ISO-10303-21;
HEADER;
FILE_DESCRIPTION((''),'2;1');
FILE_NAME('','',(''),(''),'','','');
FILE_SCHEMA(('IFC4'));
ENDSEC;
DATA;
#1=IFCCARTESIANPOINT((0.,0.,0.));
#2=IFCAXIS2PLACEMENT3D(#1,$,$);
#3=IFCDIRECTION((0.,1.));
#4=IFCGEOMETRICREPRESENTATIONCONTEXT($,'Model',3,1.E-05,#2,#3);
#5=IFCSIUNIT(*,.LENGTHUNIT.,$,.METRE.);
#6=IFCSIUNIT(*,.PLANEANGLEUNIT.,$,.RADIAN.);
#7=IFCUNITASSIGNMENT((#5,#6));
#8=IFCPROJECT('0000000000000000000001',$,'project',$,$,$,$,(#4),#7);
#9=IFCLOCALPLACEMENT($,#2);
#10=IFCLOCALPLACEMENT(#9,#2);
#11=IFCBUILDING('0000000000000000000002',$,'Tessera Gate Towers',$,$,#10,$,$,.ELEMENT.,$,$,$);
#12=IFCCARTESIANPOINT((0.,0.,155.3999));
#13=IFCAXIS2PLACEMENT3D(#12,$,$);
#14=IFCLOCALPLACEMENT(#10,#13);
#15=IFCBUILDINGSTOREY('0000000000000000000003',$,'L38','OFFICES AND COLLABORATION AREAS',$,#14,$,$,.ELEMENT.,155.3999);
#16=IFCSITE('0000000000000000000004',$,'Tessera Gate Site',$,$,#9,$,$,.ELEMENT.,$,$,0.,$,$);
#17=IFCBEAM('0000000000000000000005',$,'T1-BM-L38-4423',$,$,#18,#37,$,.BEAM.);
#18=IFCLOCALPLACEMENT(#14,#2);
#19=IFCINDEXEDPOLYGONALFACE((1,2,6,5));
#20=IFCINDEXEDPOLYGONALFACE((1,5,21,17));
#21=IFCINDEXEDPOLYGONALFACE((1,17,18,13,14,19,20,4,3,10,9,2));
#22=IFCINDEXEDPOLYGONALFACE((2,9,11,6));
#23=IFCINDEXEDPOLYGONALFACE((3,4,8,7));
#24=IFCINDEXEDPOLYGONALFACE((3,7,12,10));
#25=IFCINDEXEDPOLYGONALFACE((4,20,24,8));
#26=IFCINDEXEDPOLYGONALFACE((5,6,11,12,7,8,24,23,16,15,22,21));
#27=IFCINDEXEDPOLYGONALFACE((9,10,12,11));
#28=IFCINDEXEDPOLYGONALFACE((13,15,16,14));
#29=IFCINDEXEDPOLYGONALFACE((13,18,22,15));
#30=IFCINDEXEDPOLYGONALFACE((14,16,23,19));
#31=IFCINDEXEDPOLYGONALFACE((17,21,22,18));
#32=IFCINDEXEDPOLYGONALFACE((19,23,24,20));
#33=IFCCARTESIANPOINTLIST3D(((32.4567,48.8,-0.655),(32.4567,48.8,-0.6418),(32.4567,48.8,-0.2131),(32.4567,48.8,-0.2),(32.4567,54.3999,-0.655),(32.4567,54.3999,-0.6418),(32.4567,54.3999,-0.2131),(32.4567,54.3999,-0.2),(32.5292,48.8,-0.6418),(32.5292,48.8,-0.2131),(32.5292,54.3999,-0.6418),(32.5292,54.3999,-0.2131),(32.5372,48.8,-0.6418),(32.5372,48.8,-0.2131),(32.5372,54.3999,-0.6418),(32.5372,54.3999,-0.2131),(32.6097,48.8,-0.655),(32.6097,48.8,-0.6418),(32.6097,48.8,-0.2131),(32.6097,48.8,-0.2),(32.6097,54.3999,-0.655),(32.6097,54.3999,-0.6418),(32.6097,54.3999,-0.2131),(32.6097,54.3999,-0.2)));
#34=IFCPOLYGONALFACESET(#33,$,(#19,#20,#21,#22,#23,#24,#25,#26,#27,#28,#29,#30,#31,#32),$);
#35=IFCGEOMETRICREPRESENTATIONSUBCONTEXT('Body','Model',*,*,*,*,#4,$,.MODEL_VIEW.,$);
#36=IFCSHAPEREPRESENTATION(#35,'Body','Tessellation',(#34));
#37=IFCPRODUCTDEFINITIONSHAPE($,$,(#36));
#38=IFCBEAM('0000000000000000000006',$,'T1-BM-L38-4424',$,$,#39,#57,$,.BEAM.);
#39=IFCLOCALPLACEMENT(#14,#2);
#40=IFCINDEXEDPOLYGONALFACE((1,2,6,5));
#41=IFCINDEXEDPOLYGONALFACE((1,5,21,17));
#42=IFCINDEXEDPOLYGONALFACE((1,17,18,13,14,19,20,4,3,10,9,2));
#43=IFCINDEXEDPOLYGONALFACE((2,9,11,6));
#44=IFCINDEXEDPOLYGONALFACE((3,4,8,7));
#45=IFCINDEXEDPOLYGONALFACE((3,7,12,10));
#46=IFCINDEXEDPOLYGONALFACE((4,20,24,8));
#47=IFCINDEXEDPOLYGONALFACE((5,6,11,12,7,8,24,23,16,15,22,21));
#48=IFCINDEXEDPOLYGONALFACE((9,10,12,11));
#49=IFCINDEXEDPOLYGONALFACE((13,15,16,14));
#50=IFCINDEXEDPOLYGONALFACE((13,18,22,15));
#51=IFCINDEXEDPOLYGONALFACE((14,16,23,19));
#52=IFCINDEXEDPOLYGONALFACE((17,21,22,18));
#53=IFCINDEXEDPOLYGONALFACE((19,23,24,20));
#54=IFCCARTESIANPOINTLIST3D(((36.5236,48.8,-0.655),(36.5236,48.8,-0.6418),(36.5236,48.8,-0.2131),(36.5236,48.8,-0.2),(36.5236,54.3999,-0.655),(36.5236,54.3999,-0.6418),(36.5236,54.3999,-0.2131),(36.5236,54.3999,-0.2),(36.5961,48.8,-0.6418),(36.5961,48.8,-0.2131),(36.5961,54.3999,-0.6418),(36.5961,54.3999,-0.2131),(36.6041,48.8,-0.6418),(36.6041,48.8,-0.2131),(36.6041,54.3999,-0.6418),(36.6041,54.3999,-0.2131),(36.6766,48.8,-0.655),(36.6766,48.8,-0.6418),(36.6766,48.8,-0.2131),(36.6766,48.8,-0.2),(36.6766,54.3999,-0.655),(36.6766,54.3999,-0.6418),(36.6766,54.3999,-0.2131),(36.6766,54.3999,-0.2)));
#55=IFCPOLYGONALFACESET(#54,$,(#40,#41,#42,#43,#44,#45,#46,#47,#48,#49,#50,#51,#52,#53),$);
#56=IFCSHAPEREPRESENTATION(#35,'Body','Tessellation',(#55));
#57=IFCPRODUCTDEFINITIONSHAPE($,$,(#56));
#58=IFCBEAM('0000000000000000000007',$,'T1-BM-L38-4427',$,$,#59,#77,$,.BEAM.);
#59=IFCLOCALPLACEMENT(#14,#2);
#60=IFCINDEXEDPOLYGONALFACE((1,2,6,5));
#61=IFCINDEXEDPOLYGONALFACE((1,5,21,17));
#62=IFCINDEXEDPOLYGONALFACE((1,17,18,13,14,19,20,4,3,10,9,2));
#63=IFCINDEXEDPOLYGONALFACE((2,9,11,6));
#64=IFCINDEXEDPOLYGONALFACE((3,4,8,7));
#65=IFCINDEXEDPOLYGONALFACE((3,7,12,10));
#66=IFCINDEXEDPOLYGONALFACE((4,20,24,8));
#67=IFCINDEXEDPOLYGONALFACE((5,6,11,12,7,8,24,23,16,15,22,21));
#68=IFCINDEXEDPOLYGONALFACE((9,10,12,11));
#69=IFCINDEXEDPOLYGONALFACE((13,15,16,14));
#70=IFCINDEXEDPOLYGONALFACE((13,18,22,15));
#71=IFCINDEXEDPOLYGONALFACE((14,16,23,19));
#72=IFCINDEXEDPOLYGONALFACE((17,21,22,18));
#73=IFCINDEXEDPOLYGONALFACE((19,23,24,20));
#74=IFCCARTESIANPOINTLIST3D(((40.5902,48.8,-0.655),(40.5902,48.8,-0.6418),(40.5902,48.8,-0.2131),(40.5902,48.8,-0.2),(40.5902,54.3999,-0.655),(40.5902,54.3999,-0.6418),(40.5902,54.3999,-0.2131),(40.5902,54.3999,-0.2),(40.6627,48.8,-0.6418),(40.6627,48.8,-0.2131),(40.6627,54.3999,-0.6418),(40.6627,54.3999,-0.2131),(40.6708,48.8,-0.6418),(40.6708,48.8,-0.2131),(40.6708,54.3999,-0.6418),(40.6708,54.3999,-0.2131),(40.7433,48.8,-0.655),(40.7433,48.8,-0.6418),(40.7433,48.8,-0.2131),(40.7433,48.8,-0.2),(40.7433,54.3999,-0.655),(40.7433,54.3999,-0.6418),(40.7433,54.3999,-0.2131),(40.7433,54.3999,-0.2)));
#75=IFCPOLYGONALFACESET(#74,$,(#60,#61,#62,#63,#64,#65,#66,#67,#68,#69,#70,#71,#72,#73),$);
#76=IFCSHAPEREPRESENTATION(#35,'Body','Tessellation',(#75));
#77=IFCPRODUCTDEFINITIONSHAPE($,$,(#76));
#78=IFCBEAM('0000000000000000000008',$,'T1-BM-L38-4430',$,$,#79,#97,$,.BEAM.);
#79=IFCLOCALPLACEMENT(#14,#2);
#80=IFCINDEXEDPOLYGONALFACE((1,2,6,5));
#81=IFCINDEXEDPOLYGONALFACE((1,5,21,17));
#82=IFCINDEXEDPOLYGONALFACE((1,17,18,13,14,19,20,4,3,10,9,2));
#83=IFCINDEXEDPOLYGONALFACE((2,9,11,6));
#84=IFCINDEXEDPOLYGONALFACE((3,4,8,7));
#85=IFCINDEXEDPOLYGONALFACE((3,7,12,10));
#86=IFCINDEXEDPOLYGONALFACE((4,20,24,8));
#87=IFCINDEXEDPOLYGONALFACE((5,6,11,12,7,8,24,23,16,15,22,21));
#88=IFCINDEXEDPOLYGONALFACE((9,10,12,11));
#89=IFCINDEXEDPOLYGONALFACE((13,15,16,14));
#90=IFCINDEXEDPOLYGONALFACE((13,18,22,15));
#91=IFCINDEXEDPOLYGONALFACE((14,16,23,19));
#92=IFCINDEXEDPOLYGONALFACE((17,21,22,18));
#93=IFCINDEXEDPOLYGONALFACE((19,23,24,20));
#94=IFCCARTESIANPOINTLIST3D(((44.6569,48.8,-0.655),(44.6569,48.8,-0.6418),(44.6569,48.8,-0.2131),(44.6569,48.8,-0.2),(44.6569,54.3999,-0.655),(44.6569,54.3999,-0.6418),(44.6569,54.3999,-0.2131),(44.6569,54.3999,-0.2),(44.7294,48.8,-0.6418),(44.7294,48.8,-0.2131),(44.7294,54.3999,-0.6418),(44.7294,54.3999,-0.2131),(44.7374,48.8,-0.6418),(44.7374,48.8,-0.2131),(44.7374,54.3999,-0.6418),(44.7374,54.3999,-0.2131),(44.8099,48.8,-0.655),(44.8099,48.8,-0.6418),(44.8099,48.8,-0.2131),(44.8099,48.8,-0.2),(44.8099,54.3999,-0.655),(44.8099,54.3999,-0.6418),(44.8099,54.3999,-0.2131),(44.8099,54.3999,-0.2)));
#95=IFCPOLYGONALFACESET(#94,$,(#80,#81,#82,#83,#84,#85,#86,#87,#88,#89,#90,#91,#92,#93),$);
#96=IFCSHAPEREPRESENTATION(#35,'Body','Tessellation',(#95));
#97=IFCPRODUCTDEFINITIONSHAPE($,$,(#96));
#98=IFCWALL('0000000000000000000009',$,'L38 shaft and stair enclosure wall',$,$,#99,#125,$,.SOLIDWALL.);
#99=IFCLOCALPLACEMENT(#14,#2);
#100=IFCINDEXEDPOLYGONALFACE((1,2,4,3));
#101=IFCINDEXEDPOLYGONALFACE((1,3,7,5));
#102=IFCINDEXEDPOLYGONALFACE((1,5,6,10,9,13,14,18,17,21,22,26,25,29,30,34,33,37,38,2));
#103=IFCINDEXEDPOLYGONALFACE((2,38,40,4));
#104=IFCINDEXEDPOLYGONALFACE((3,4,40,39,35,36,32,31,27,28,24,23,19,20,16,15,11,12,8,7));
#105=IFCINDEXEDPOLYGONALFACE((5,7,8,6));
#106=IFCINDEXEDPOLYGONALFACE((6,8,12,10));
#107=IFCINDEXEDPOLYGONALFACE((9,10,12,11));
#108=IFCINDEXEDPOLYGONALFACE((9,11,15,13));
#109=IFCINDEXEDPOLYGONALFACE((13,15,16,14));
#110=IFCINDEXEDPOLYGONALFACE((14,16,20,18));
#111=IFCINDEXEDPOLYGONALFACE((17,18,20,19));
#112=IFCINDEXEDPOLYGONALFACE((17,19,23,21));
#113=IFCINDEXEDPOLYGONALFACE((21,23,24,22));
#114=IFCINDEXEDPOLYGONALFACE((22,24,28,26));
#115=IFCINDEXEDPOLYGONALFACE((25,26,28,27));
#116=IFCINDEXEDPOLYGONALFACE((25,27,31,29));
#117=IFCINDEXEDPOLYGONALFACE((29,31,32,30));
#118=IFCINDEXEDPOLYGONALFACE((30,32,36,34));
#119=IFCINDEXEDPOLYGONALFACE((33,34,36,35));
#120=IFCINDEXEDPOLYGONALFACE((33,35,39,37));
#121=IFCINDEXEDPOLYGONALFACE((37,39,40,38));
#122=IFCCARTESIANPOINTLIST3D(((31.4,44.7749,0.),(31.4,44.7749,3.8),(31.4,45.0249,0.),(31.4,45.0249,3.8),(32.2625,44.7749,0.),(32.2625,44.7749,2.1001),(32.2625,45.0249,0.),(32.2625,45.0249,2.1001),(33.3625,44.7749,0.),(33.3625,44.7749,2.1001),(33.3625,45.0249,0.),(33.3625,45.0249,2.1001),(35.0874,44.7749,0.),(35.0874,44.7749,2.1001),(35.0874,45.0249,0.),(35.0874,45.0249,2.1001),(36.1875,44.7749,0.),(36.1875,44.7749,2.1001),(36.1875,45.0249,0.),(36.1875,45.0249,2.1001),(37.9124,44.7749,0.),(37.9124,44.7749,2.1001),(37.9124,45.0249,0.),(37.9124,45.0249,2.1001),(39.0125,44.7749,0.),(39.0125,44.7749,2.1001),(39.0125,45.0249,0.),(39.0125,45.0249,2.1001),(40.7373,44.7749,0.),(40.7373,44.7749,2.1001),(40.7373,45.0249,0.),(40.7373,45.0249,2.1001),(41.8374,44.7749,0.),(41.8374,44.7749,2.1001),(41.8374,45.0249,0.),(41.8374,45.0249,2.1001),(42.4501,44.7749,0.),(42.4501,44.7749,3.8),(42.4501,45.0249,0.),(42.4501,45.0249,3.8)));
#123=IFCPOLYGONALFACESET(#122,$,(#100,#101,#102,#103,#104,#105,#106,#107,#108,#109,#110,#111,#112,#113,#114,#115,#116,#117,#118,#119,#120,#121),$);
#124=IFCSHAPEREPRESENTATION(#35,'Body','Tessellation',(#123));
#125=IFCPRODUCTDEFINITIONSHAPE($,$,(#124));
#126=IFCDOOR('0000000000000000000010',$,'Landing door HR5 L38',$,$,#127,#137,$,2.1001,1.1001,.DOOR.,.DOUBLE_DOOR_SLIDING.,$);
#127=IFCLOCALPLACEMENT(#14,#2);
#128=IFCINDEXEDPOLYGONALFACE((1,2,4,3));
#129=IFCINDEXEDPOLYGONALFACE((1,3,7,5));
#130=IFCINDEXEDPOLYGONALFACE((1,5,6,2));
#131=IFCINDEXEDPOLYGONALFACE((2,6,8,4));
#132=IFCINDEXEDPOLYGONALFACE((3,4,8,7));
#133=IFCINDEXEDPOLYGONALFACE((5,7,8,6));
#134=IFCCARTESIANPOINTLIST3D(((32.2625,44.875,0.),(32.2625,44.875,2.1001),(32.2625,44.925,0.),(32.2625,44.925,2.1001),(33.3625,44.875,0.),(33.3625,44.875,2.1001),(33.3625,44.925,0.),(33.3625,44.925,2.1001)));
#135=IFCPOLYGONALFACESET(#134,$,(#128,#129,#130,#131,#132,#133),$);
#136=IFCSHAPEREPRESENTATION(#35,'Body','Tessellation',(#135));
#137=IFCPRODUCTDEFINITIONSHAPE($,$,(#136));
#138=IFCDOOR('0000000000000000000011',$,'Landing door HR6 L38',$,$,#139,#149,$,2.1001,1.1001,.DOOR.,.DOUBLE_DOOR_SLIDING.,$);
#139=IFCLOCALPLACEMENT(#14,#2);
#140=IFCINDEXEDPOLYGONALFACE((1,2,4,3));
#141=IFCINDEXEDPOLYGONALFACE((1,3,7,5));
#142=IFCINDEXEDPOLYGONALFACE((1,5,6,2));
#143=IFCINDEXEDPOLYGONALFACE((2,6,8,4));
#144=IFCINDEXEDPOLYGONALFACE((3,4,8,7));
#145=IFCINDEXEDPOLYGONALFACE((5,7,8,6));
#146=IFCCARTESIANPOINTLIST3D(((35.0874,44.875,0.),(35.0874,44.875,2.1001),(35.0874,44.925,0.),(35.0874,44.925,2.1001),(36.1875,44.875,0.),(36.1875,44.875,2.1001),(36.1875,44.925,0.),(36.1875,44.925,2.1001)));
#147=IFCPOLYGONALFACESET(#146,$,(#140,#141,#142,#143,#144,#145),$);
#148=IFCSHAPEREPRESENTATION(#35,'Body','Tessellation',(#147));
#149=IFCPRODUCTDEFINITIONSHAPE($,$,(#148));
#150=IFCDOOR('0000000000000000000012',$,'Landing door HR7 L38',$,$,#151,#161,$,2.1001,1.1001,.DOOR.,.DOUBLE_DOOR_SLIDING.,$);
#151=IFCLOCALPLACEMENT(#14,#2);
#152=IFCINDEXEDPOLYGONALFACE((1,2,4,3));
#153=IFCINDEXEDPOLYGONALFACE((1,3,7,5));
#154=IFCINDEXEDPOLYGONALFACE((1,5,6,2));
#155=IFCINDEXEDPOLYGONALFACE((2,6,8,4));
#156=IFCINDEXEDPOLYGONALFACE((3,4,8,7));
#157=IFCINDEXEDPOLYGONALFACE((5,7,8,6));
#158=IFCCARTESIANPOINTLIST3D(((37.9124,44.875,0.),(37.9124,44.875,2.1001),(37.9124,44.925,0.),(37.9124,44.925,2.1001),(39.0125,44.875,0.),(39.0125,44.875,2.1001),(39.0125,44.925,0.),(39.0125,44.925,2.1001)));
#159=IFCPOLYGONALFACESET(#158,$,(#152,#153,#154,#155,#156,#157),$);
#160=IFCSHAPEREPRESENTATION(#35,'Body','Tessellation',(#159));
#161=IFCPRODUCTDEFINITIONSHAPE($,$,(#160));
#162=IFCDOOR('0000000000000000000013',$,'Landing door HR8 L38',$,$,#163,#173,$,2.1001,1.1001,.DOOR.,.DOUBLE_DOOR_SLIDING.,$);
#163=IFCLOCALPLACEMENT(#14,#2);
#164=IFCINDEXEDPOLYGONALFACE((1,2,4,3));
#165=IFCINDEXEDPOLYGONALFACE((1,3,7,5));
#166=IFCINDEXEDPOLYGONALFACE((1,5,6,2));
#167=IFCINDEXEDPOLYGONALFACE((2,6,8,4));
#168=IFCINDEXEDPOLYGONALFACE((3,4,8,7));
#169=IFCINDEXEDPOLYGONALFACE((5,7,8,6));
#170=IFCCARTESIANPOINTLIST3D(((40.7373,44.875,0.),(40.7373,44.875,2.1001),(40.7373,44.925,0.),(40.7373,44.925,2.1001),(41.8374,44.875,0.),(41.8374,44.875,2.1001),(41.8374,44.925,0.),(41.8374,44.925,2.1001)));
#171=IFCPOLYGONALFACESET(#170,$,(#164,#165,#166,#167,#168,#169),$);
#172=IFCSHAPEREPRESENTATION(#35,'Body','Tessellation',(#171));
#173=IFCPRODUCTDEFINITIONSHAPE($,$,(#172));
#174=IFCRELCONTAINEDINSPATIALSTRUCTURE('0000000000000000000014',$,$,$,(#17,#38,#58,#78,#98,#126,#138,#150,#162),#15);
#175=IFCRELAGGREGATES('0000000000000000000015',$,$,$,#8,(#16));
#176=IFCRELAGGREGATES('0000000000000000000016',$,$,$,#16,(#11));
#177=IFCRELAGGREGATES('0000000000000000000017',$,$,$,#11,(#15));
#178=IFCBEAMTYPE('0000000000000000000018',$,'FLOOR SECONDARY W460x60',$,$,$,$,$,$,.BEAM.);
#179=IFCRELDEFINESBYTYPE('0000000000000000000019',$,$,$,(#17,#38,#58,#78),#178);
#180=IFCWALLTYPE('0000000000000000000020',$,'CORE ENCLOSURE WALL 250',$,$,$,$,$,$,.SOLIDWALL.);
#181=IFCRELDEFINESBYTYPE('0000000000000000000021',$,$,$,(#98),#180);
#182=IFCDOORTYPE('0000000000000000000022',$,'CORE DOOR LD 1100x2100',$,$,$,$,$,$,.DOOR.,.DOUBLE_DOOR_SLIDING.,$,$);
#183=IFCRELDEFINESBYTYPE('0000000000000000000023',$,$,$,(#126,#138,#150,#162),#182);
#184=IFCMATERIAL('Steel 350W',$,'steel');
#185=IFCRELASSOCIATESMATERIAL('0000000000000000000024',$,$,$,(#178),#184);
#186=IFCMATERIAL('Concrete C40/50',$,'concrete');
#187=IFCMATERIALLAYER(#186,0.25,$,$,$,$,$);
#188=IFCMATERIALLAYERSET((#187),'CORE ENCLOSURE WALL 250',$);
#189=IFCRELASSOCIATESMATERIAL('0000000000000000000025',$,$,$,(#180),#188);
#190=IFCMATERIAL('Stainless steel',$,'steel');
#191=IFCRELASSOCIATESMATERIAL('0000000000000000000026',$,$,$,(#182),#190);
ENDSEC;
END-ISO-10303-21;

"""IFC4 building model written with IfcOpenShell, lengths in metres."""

from ifc_helpers import new_model, si_unit, direction, frame, frame_2d, origin, origin_2d, place, context, subcontext, project, spatial, rectangle, i_section, extrude, source, transform, mapped, material, layer, layer_set, material_profile, profile_set, type_object, element, fill, save


model = new_model("IFC4")

# Units and contexts
model_context = context("Model", 3, precision=1e-05, world=origin(), true_north=direction((0.0, 1.0)))
body_context = subcontext(model_context, "Body", "Model", "MODEL_VIEW")
ifc_project = project(units=[si_unit("LENGTHUNIT", "METRE"), si_unit("PLANEANGLEUNIT", "RADIAN")], contexts=[model_context])

# Site, building, storey
site_placement = place(None, origin())
site = spatial("IfcSite", under=ifc_project, at=site_placement, Name="Tessera Gate Site", CompositionType="ELEMENT", RefElevation=0.0)
building_placement = place(site_placement, origin())
building = spatial("IfcBuilding", under=site, at=building_placement, Name="Tessera Gate Towers", CompositionType="ELEMENT")
storey_placement = place(building_placement, frame((0.0, 0.0, 155.3999)))
storey = spatial("IfcBuildingStorey", under=building, at=storey_placement, Name="L38", Description="OFFICES AND COLLABORATION AREAS", CompositionType="ELEMENT", Elevation=155.3999)

# Beams
ifc_material_1 = material(Name="Steel 350W", Category="steel")
ifc_material_profile = material_profile(ifc_material_1, i_section(OverallWidth=0.1531, OverallDepth=0.4551, WebThickness=0.0081, FlangeThickness=0.0132, at=origin_2d()), Name="W460x60")
ifc_profile_set = profile_set([ifc_material_profile], Name="Steel 350W")
beam_type = type_object("IfcBeamType", Name="FLOOR SECONDARY W460x60", PredefinedType="BEAM", material=ifc_profile_set)
for number, where, z_axis, x_axis, name in (
    (1, (32.5332, 48.8, -0.4275), (0.0, 1.0, 0.0), (-1.0, 0.0, 0.0), "T1-BM-L38-4423"),
    (2, (36.6001, 48.8, -0.4275), (0.0, 1.0, 0.0), (-1.0, 0.0, 0.0), "T1-BM-L38-4424"),
    (3, (40.6667, 48.8, -0.4275), (0.0, 1.0, 0.0), (-1.0, 0.0, 0.0), "T1-BM-L38-4427"),
    (4, (44.7334, 48.8, -0.4275), (0.0, 1.0, 0.0), (-1.0, 0.0, 0.0), "T1-BM-L38-4430"),
):
    element("IfcBeam", number, at=place(storey_placement, frame(where, z_axis=z_axis, x_axis=x_axis)), inside=storey, type_object=beam_type, Name=name, PredefinedType="BEAM", context=body_context, shape_type="SweptSolid", body=[
        extrude(i_section(OverallWidth=0.1531, OverallDepth=0.4551, WebThickness=0.0081, FlangeThickness=0.0132, at=origin_2d()), origin(), (0.0, 0.0, 1.0), 5.5999),
    ])

# Wall, openings, doors
ifc_material_2 = material(Name="Concrete C40/50", Category="concrete")
ifc_layer_1 = layer(ifc_material_2, 0.25)
ifc_layer_set_1 = layer_set([ifc_layer_1], Name="CORE ENCLOSURE WALL 250")
wall_type_1 = type_object("IfcWallType", Name="CORE ENCLOSURE WALL 250", PredefinedType="SOLIDWALL", material=ifc_layer_set_1)
wall_1_placement = place(storey_placement, frame((42.45, 44.8999, 0.0), z_axis=(0.0, 0.0, 1.0), x_axis=(-1.0, 0.0, 0.0)))
wall_1 = element("IfcWall", 5, at=wall_1_placement, inside=storey, type_object=wall_type_1, Name="L38 shaft and stair enclosure wall", PredefinedType="SOLIDWALL", context=body_context, shape_type="SweptSolid", body=[
    extrude(rectangle(XDim=11.05, YDim=0.25, at=frame_2d((5.5249, 0.0))), origin(), (0.0, 0.0, 1.0), 3.8),
])
shared_shape_1 = source(origin(), body_context, "Body", "SweptSolid", [
    extrude(rectangle(XDim=1.1001, YDim=2.1001, at=frame_2d((0.55, 1.05))), frame((0.0, 0.135, 0.0), z_axis=(0.0, -1.0, 0.0), x_axis=(1.0, 0.0, 0.0)), (0.0, 0.0, 1.0), 0.27),
])
opening_1_placement = place(wall_1_placement, frame((9.0874, 0.0, 0.0)))
opening_1 = element("IfcOpeningElement", 6, at=opening_1_placement, cuts=wall_1, PredefinedType="OPENING", context=body_context, shape_type="MappedRepresentation", body=[
    mapped(shared_shape_1, transform((0.0, 0.0, 0.0), scale=1.0)),
])
opening_2_placement = place(wall_1_placement, frame((6.2625, 0.0, 0.0)))
opening_2 = element("IfcOpeningElement", 7, at=opening_2_placement, cuts=wall_1, PredefinedType="OPENING", context=body_context, shape_type="MappedRepresentation", body=[
    mapped(shared_shape_1, transform((0.0, 0.0, 0.0), scale=1.0)),
])
opening_3_placement = place(wall_1_placement, frame((3.4375, 0.0, 0.0)))
opening_3 = element("IfcOpeningElement", 8, at=opening_3_placement, cuts=wall_1, PredefinedType="OPENING", context=body_context, shape_type="MappedRepresentation", body=[
    mapped(shared_shape_1, transform((0.0, 0.0, 0.0), scale=1.0)),
])
opening_4_placement = place(wall_1_placement, frame((0.6125, 0.0, 0.0)))
opening_4 = element("IfcOpeningElement", 9, at=opening_4_placement, cuts=wall_1, PredefinedType="OPENING", context=body_context, shape_type="MappedRepresentation", body=[
    mapped(shared_shape_1, transform((0.0, 0.0, 0.0), scale=1.0)),
])
ifc_material_3 = material(Name="Stainless steel", Category="steel")
door_type_1 = type_object("IfcDoorType", Name="CORE DOOR LD 1100x2100", OperationType="DOUBLE_DOOR_SLIDING", PredefinedType="DOOR", material=ifc_material_3)
shared_shape_2 = source(origin(), body_context, "Body", "SweptSolid", [
    extrude(rectangle(XDim=1.1001, YDim=2.1001, at=frame_2d((0.55, 1.05))), frame((0.0, 0.0249, 0.0), z_axis=(0.0, -1.0, 0.0), x_axis=(1.0, 0.0, 0.0)), (0.0, 0.0, 1.0), 0.05),
])
door_1_placement = place(opening_1_placement, origin())
door_1 = element("IfcDoor", 10, at=door_1_placement, inside=storey, type_object=door_type_1, Name="Landing door HR5 L38", OperationType="DOUBLE_DOOR_SLIDING", OverallHeight=2.1001, OverallWidth=1.1001, PredefinedType="DOOR", context=body_context, shape_type="MappedRepresentation", body=[
    mapped(shared_shape_2, transform((0.0, 0.0, 0.0), scale=1.0)),
])
fill(opening_1, door_1)
door_2_placement = place(opening_2_placement, origin())
door_2 = element("IfcDoor", 11, at=door_2_placement, inside=storey, type_object=door_type_1, Name="Landing door HR6 L38", OperationType="DOUBLE_DOOR_SLIDING", OverallHeight=2.1001, OverallWidth=1.1001, PredefinedType="DOOR", context=body_context, shape_type="MappedRepresentation", body=[
    mapped(shared_shape_2, transform((0.0, 0.0, 0.0), scale=1.0)),
])
fill(opening_2, door_2)
door_3_placement = place(opening_3_placement, origin())
door_3 = element("IfcDoor", 12, at=door_3_placement, inside=storey, type_object=door_type_1, Name="Landing door HR7 L38", OperationType="DOUBLE_DOOR_SLIDING", OverallHeight=2.1001, OverallWidth=1.1001, PredefinedType="DOOR", context=body_context, shape_type="MappedRepresentation", body=[
    mapped(shared_shape_2, transform((0.0, 0.0, 0.0), scale=1.0)),
])
fill(opening_3, door_3)
door_4_placement = place(opening_4_placement, origin())
door_4 = element("IfcDoor", 13, at=door_4_placement, inside=storey, type_object=door_type_1, Name="Landing door HR8 L38", OperationType="DOUBLE_DOOR_SLIDING", OverallHeight=2.1001, OverallWidth=1.1001, PredefinedType="DOOR", context=body_context, shape_type="MappedRepresentation", body=[
    mapped(shared_shape_2, transform((0.0, 0.0, 0.0), scale=1.0)),
])
fill(opening_4, door_4)

save(model, "model.ifc")
